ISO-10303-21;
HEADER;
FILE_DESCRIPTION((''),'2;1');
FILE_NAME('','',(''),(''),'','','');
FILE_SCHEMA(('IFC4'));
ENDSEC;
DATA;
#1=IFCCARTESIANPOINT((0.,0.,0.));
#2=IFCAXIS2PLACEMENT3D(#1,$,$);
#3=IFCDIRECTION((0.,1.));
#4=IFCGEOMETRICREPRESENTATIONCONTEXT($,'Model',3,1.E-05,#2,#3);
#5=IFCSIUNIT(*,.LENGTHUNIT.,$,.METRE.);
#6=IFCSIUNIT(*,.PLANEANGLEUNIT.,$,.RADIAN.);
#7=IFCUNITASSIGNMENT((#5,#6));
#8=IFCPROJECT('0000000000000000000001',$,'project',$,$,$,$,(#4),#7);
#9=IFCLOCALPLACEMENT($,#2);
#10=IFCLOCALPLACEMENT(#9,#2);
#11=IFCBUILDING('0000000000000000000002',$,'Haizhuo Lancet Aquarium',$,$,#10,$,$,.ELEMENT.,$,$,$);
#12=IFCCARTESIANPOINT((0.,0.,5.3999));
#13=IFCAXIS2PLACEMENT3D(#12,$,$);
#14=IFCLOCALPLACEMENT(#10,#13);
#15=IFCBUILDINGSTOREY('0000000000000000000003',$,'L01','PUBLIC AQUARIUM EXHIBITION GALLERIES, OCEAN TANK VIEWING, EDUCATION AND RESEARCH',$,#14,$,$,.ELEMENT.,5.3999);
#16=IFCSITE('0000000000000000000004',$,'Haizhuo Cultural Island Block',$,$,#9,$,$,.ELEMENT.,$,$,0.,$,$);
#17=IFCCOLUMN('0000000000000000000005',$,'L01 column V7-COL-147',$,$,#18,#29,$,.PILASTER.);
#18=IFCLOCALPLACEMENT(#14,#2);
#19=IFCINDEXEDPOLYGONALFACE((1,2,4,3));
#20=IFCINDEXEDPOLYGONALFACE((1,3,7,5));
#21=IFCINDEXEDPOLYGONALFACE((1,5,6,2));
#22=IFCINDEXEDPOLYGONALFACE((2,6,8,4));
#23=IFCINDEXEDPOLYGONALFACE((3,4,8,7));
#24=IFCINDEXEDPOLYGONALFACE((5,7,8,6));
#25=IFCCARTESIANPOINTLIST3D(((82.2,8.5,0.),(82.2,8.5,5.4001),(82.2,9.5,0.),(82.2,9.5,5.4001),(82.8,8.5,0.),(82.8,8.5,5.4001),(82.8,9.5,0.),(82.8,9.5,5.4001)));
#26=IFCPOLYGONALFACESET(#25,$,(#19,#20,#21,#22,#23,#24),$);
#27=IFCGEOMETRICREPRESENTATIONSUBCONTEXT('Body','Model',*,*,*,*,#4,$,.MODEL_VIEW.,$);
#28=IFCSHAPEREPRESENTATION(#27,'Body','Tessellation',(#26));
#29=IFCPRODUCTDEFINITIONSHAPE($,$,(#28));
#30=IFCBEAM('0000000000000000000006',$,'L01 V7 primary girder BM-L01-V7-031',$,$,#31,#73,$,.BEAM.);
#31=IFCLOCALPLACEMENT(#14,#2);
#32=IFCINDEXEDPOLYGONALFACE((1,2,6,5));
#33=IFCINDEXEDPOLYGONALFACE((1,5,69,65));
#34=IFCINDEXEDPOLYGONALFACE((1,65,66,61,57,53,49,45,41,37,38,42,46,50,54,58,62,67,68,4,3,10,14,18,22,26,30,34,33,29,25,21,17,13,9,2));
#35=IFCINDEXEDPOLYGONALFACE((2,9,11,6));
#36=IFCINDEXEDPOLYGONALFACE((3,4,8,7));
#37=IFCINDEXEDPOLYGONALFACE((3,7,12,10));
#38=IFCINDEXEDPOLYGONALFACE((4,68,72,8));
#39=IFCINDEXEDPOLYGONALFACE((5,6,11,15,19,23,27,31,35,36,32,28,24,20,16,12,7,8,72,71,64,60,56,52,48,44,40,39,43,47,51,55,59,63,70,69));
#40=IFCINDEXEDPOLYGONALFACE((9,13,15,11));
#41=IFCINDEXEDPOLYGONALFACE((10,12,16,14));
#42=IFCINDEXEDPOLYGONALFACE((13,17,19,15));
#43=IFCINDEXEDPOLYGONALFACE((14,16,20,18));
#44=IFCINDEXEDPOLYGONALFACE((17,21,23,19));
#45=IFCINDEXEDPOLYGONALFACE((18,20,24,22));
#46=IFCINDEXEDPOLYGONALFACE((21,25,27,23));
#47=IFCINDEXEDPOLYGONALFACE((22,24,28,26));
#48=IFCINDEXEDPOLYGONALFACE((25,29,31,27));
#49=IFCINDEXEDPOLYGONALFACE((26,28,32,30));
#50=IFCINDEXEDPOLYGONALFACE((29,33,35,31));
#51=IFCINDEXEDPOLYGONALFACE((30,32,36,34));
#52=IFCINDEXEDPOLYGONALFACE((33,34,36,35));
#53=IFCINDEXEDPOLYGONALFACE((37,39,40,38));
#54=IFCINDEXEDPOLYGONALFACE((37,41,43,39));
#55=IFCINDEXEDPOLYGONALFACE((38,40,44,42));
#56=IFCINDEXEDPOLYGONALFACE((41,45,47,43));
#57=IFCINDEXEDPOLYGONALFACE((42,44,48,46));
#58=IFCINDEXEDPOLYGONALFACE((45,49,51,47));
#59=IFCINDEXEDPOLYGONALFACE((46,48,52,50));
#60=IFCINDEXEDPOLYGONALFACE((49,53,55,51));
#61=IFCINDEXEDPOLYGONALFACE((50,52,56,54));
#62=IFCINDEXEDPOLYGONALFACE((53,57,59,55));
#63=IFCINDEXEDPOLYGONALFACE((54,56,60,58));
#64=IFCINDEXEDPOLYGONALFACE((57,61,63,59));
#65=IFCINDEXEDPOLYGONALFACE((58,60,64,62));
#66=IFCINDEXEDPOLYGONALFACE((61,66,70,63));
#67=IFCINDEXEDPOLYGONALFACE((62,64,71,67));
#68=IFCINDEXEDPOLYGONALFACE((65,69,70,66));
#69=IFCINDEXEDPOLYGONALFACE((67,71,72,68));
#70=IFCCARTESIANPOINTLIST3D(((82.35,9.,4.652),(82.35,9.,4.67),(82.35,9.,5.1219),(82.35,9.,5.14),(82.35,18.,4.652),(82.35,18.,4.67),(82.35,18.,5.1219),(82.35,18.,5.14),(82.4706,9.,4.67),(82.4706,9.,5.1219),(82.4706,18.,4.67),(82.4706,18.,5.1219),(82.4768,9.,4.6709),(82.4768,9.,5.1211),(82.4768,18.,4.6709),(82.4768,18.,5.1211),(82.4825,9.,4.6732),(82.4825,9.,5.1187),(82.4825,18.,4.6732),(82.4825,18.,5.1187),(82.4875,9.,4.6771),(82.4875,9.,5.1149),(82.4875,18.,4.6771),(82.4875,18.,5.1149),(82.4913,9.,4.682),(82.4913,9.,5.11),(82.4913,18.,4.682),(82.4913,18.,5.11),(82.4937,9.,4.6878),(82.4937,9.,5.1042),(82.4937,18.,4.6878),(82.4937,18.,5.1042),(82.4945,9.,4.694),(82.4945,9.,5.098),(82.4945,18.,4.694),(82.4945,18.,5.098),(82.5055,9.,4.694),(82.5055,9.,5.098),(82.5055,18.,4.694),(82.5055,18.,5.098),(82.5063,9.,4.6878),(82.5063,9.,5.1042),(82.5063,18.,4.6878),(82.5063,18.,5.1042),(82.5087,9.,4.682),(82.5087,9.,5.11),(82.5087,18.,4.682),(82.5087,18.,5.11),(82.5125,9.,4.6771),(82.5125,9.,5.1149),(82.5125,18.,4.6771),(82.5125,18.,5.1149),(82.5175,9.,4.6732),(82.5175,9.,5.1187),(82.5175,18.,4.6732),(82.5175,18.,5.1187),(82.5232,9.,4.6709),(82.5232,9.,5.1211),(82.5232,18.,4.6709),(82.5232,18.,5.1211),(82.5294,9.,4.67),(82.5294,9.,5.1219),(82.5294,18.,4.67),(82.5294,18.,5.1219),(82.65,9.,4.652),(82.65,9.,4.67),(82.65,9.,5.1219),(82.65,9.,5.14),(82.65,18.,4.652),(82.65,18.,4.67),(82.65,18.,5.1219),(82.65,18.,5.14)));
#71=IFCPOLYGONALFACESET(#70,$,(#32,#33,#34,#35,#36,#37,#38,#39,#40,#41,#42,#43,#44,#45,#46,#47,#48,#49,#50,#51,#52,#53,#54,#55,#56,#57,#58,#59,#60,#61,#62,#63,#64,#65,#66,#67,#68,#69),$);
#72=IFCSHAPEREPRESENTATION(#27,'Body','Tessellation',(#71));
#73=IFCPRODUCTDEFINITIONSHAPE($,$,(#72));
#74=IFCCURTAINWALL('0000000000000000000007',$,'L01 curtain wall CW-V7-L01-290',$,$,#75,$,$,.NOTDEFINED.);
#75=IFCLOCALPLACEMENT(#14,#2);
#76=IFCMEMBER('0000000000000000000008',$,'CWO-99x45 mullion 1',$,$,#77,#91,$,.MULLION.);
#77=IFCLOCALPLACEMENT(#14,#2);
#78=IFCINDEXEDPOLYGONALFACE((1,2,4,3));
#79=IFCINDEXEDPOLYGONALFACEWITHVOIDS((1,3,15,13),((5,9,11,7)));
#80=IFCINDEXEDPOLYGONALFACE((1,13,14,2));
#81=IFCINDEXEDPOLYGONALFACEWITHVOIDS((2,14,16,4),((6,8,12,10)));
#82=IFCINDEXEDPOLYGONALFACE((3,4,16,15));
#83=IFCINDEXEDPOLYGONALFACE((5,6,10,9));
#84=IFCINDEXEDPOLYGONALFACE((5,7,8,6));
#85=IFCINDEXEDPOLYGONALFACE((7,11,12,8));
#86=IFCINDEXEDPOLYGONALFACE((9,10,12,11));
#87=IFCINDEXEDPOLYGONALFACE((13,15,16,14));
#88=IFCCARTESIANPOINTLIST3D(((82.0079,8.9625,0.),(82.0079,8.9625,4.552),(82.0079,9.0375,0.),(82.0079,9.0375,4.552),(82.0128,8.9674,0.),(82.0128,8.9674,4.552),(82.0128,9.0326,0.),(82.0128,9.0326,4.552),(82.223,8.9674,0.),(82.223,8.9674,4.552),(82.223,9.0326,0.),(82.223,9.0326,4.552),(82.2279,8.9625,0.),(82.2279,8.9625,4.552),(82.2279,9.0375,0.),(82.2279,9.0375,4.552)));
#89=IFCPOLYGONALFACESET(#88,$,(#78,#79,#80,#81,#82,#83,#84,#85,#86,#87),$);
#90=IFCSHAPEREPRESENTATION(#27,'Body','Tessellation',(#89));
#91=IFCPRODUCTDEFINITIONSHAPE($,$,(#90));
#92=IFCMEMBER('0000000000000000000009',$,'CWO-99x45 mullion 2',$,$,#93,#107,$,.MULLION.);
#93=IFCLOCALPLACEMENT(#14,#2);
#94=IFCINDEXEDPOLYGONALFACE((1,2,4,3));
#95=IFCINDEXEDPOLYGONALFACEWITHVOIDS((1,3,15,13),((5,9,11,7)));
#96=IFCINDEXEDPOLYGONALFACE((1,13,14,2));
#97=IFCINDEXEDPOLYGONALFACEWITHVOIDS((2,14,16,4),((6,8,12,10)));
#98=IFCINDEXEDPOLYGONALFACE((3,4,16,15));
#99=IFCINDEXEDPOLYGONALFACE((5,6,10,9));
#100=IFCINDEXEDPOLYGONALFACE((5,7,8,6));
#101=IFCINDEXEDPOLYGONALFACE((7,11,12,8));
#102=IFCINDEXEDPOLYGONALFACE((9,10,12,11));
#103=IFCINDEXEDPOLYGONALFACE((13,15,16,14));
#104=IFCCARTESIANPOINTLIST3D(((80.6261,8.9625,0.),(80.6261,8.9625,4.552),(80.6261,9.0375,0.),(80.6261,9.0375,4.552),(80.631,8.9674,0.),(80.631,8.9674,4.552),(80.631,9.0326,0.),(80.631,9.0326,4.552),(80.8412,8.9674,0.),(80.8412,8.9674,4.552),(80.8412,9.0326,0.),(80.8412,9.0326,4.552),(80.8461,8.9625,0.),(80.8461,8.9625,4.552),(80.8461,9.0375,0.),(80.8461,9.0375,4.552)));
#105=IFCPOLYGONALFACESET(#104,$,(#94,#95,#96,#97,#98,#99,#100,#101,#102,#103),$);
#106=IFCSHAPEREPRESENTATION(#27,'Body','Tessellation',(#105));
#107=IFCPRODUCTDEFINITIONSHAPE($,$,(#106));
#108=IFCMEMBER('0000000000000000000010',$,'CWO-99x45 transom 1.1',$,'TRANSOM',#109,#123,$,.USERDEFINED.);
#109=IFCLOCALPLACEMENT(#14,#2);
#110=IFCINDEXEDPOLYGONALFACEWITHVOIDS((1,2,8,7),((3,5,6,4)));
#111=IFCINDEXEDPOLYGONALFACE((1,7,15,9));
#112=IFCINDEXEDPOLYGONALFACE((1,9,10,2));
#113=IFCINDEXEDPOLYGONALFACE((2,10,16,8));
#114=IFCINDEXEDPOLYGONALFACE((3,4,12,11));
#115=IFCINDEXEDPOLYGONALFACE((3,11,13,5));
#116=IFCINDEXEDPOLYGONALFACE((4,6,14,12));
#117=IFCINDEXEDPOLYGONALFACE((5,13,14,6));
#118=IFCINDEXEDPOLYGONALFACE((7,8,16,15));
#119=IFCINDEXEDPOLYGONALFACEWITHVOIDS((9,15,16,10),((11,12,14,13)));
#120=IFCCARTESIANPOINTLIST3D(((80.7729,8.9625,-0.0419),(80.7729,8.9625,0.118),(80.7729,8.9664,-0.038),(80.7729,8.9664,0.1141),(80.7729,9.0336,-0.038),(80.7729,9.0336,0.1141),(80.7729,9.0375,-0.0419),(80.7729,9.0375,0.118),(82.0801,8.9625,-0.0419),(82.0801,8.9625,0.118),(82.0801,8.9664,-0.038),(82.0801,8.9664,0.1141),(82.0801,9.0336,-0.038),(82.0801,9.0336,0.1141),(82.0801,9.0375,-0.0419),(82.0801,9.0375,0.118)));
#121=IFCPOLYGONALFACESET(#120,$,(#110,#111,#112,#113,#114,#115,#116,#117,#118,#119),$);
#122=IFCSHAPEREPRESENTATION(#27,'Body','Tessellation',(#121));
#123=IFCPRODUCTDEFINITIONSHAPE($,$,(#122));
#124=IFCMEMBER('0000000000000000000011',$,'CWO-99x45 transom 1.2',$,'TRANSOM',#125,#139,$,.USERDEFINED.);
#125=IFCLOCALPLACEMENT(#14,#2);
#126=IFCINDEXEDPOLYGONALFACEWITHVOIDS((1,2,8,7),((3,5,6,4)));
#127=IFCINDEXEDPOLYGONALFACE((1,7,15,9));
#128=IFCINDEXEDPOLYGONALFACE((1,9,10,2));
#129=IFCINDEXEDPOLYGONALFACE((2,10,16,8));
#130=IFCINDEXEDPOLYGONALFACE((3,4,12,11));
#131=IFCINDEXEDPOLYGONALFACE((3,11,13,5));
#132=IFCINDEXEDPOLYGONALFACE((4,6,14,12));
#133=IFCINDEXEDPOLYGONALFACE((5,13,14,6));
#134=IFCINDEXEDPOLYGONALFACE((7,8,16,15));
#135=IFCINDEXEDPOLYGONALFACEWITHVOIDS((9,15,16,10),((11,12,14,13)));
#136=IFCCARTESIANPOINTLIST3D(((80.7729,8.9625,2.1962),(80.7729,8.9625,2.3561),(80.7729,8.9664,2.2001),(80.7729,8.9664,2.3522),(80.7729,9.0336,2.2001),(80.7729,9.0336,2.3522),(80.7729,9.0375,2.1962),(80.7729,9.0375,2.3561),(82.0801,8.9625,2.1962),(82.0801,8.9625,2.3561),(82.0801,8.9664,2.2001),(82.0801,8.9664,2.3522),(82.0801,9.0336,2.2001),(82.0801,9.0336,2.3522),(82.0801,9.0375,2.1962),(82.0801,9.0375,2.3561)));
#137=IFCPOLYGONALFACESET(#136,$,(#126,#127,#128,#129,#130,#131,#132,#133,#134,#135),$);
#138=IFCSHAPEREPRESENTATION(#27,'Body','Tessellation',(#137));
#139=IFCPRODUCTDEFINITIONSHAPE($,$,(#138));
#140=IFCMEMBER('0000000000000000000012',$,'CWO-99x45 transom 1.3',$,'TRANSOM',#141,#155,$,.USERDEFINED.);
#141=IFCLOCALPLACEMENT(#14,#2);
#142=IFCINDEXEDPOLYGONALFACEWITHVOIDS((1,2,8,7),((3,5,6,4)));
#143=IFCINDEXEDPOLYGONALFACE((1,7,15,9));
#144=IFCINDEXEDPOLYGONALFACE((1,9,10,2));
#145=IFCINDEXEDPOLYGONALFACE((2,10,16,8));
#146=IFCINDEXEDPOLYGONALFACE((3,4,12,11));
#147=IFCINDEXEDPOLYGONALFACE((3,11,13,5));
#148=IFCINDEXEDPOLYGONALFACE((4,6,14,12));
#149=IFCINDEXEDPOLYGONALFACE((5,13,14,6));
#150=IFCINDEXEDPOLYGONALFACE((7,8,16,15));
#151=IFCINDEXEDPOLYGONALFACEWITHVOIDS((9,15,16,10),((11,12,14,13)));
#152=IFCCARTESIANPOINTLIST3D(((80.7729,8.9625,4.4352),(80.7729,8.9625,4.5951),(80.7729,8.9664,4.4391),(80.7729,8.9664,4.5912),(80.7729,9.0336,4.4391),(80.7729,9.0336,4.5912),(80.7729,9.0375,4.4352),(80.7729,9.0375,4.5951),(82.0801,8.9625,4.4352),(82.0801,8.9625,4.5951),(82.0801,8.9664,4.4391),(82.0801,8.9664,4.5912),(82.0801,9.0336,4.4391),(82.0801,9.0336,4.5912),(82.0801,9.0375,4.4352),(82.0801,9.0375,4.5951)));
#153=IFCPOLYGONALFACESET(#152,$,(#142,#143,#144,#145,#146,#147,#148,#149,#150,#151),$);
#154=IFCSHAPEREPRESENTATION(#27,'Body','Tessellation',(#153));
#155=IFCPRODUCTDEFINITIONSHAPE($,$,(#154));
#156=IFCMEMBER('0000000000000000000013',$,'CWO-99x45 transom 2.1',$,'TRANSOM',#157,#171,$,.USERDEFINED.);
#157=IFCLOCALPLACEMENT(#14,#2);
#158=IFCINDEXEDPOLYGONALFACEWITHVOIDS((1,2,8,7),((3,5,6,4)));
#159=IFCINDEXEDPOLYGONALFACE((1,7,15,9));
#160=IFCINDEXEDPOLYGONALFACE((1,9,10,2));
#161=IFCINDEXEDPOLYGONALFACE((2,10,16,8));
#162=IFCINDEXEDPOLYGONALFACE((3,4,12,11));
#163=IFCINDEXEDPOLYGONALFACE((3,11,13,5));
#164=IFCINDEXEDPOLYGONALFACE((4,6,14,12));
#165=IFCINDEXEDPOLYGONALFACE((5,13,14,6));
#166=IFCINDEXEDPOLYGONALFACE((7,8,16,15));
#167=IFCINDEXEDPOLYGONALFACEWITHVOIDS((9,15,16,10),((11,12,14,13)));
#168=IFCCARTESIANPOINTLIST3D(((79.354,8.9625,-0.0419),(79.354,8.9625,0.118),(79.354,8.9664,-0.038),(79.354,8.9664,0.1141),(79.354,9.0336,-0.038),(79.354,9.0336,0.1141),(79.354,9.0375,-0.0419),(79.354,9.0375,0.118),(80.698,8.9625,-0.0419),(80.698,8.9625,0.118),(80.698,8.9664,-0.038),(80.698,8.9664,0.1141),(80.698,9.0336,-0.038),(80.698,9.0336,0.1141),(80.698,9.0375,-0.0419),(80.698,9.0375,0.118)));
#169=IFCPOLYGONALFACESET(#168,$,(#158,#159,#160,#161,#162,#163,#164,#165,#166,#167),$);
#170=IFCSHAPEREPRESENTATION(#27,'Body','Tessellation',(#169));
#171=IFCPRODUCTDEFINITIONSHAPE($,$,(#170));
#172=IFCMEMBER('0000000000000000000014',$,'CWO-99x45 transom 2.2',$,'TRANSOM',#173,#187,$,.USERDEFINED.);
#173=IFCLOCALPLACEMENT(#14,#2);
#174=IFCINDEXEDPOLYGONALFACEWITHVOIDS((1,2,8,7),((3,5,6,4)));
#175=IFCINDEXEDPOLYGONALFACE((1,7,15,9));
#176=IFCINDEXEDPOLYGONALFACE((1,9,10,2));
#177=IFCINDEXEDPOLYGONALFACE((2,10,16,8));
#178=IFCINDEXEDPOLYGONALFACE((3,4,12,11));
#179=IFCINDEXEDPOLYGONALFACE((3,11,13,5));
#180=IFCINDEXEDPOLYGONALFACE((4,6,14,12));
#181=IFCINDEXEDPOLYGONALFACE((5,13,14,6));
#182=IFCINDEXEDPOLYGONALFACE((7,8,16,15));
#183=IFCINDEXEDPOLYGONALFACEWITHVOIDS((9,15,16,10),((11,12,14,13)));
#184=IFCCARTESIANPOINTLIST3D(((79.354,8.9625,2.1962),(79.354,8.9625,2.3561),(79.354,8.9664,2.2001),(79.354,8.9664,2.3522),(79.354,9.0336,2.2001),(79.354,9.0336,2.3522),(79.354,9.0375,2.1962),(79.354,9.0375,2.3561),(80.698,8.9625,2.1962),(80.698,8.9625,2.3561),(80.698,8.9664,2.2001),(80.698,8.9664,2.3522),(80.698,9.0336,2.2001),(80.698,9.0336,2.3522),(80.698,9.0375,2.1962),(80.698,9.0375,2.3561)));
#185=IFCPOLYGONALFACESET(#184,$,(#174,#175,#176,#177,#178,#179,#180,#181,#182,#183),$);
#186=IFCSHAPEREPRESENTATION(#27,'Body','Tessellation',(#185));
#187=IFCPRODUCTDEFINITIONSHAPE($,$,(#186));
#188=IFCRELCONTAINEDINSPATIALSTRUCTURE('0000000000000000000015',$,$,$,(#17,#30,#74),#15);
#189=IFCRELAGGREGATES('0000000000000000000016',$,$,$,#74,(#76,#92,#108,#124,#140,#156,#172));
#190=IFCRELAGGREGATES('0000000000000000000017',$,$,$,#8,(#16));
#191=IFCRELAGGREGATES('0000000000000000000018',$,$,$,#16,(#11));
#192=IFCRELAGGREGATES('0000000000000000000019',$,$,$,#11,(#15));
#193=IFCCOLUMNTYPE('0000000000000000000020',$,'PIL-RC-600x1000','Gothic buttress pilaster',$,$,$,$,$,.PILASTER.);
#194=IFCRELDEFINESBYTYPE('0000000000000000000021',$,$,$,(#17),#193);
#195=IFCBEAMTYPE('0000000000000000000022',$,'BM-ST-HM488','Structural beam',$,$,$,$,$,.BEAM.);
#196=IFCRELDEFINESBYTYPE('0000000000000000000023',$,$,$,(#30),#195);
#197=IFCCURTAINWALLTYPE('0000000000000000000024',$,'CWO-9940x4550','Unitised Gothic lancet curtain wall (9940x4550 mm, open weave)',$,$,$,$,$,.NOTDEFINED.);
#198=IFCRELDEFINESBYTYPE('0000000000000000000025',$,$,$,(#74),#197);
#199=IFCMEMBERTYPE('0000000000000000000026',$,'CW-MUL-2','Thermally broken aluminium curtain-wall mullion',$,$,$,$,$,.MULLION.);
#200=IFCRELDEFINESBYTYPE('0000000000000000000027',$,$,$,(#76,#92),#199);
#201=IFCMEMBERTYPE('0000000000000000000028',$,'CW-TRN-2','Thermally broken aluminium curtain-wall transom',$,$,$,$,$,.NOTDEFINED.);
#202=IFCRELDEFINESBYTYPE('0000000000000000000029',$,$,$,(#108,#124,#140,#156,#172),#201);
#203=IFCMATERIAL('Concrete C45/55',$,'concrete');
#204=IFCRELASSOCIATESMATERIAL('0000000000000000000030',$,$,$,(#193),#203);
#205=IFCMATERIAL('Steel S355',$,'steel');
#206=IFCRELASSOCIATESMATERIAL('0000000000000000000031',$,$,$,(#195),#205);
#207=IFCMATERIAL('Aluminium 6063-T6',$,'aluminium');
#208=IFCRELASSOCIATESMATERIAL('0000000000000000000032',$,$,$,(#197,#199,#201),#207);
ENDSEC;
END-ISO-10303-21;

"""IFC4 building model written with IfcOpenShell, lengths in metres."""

from ifc_helpers import new_model, si_unit, direction, frame, origin, origin_2d, place, context, subcontext, project, spatial, rectangle, hollow_rectangle, i_section, extrude, material, material_profile, profile_set, type_object, element, aggregate, save


model = new_model("IFC4")

# Units and contexts
model_context = context("Model", 3, precision=1e-05, world=origin(), true_north=direction((0.0, 1.0)))
body_context = subcontext(model_context, "Body", "Model", "MODEL_VIEW")
ifc_project = project(units=[si_unit("LENGTHUNIT", "METRE"), si_unit("PLANEANGLEUNIT", "RADIAN")], contexts=[model_context])

# Site, building, storey
site_placement = place(None, origin())
site = spatial("IfcSite", under=ifc_project, at=site_placement, Name="Haizhuo Cultural Island Block", CompositionType="ELEMENT", RefElevation=0.0)
building_placement = place(site_placement, origin())
building = spatial("IfcBuilding", under=site, at=building_placement, Name="Haizhuo Lancet Aquarium", CompositionType="ELEMENT")
storey_placement = place(building_placement, frame((0.0, 0.0, 5.3999)))
storey = spatial("IfcBuildingStorey", under=building, at=storey_placement, Name="L01", Description="PUBLIC AQUARIUM EXHIBITION GALLERIES, OCEAN TANK VIEWING, EDUCATION AND RESEARCH", CompositionType="ELEMENT", Elevation=5.3999)

# Column
ifc_material_1 = material(Name="Concrete C45/55", Category="concrete")
ifc_material_profile_1 = material_profile(ifc_material_1, rectangle(XDim=0.6001, YDim=1.0, at=origin_2d()), Name="RC-PIL 600x1000")
ifc_profile_set_1 = profile_set([ifc_material_profile_1], Name="Concrete C45/55")
column_type = type_object("IfcColumnType", Name="PIL-RC-600x1000", Description="Gothic buttress pilaster", PredefinedType="PILASTER", material=ifc_profile_set_1)
column_placement = place(storey_placement, frame((82.5, 9.0, 0.0), z_axis=(0.0, 0.0, 1.0), x_axis=(1.0, 0.0, 0.0)))
element("IfcColumn", 1, at=column_placement, inside=storey, type_object=column_type, Name="L01 column V7-COL-147", PredefinedType="PILASTER", context=body_context, shape_type="SweptSolid", body=[
    extrude(rectangle(XDim=0.6001, YDim=1.0, at=origin_2d()), origin(), (0.0, 0.0, 1.0), 5.4001),
])

# Beam
ifc_material_2 = material(Name="Steel S355", Category="steel")
ifc_material_profile_2 = material_profile(ifc_material_2, i_section(OverallWidth=0.3, OverallDepth=0.488, WebThickness=0.011, FlangeThickness=0.0181, FilletRadius=0.0239, at=origin_2d()), Name="HM 488x300x11x18")
ifc_profile_set_2 = profile_set([ifc_material_profile_2], Name="Steel S355")
beam_type = type_object("IfcBeamType", Name="BM-ST-HM488", Description="Structural beam", PredefinedType="BEAM", material=ifc_profile_set_2)
beam_placement = place(storey_placement, frame((82.5, 9.0, 4.896), z_axis=(0.0, 1.0, 0.0), x_axis=(-1.0, 0.0, 0.0)))
element("IfcBeam", 2, at=beam_placement, inside=storey, type_object=beam_type, Name="L01 V7 primary girder BM-L01-V7-031", PredefinedType="BEAM", context=body_context, shape_type="SweptSolid", body=[
    extrude(i_section(OverallWidth=0.3, OverallDepth=0.488, WebThickness=0.011, FlangeThickness=0.0181, FilletRadius=0.0239, at=origin_2d()), origin(), (0.0, 0.0, 1.0), 9.0),
])

# Curtain wall, members
ifc_material_3 = material(Name="Aluminium 6063-T6", Category="aluminium")
curtain_wall_type_1 = type_object("IfcCurtainWallType", Name="CWO-9940x4550", Description="Unitised Gothic lancet curtain wall (9940x4550 mm, open weave)", PredefinedType="NOTDEFINED", material=ifc_material_3)
curtain_wall_1_placement = place(storey_placement, origin())
curtain_wall_1 = element("IfcCurtainWall", 3, at=curtain_wall_1_placement, inside=storey, type_object=curtain_wall_type_1, Name="L01 curtain wall CW-V7-L01-290", PredefinedType="NOTDEFINED")
ifc_material_profile_3 = material_profile(ifc_material_3, hollow_rectangle(XDim=0.075, YDim=0.22, WallThickness=0.0049, at=origin_2d()), Name="ALU-M 75x220x5")
ifc_profile_set_3 = profile_set([ifc_material_profile_3], Name="Aluminium 6063-T6")
member_type_1 = type_object("IfcMemberType", Name="CW-MUL-2", Description="Thermally broken aluminium curtain-wall mullion", PredefinedType="MULLION", material=ifc_profile_set_3)
member_1_placement = place(storey_placement, frame((82.1179, 9.0, 0.0), z_axis=(0.0, 0.0, 1.0), x_axis=(0.0, -1.0, 0.0)))
member_1 = element("IfcMember", 4, at=member_1_placement, type_object=member_type_1, Name="CWO-99x45 mullion 1", PredefinedType="MULLION", context=body_context, shape_type="SweptSolid", body=[
    extrude(hollow_rectangle(XDim=0.075, YDim=0.22, WallThickness=0.0049, at=origin_2d()), origin(), (0.0, 0.0, 1.0), 4.552),
])
member_2_placement = place(storey_placement, frame((80.7361, 9.0, 0.0), z_axis=(0.0, 0.0, 1.0), x_axis=(0.0, -1.0, 0.0)))
member_2 = element("IfcMember", 5, at=member_2_placement, type_object=member_type_1, Name="CWO-99x45 mullion 2", PredefinedType="MULLION", context=body_context, shape_type="SweptSolid", body=[
    extrude(hollow_rectangle(XDim=0.075, YDim=0.22, WallThickness=0.0049, at=origin_2d()), origin(), (0.0, 0.0, 1.0), 4.552),
])
ifc_material_profile_4 = material_profile(ifc_material_3, hollow_rectangle(XDim=0.075, YDim=0.1599, WallThickness=0.0039, at=origin_2d()), Name="ALU-T 75x160x4")
ifc_profile_set_4 = profile_set([ifc_material_profile_4], Name="Aluminium 6063-T6")
member_type_2 = type_object("IfcMemberType", Name="CW-TRN-2", Description="Thermally broken aluminium curtain-wall transom", PredefinedType="NOTDEFINED", material=ifc_profile_set_4)
member_3_placement = place(storey_placement, frame((82.0801, 9.0, 0.0381), z_axis=(-1.0, 0.0, 0.0), x_axis=(0.0, -1.0, 0.0)))
member_3 = element("IfcMember", 6, at=member_3_placement, type_object=member_type_2, Name="CWO-99x45 transom 1.1", ObjectType="TRANSOM", PredefinedType="USERDEFINED", context=body_context, shape_type="SweptSolid", body=[
    extrude(hollow_rectangle(XDim=0.075, YDim=0.1599, WallThickness=0.0039, at=origin_2d()), origin(), (0.0, 0.0, 1.0), 1.3071),
])
member_4_placement = place(storey_placement, frame((82.0801, 9.0, 2.2761), z_axis=(-1.0, 0.0, 0.0), x_axis=(0.0, -1.0, 0.0)))
member_4 = element("IfcMember", 7, at=member_4_placement, type_object=member_type_2, Name="CWO-99x45 transom 1.2", ObjectType="TRANSOM", PredefinedType="USERDEFINED", context=body_context, shape_type="SweptSolid", body=[
    extrude(hollow_rectangle(XDim=0.075, YDim=0.1599, WallThickness=0.0039, at=origin_2d()), origin(), (0.0, 0.0, 1.0), 1.3071),
])
member_5_placement = place(storey_placement, frame((82.0801, 9.0, 4.5151), z_axis=(-1.0, 0.0, 0.0), x_axis=(0.0, -1.0, 0.0)))
member_5 = element("IfcMember", 8, at=member_5_placement, type_object=member_type_2, Name="CWO-99x45 transom 1.3", ObjectType="TRANSOM", PredefinedType="USERDEFINED", context=body_context, shape_type="SweptSolid", body=[
    extrude(hollow_rectangle(XDim=0.075, YDim=0.1599, WallThickness=0.0039, at=origin_2d()), origin(), (0.0, 0.0, 1.0), 1.3071),
])
member_6_placement = place(storey_placement, frame((80.698, 9.0, 0.0381), z_axis=(-1.0, 0.0, 0.0), x_axis=(0.0, -1.0, 0.0)))
member_6 = element("IfcMember", 9, at=member_6_placement, type_object=member_type_2, Name="CWO-99x45 transom 2.1", ObjectType="TRANSOM", PredefinedType="USERDEFINED", context=body_context, shape_type="SweptSolid", body=[
    extrude(hollow_rectangle(XDim=0.075, YDim=0.1599, WallThickness=0.0039, at=origin_2d()), origin(), (0.0, 0.0, 1.0), 1.344),
])
member_7_placement = place(storey_placement, frame((80.698, 9.0, 2.2761), z_axis=(-1.0, 0.0, 0.0), x_axis=(0.0, -1.0, 0.0)))
member_7 = element("IfcMember", 10, at=member_7_placement, type_object=member_type_2, Name="CWO-99x45 transom 2.2", ObjectType="TRANSOM", PredefinedType="USERDEFINED", context=body_context, shape_type="SweptSolid", body=[
    extrude(hollow_rectangle(XDim=0.075, YDim=0.1599, WallThickness=0.0039, at=origin_2d()), origin(), (0.0, 0.0, 1.0), 1.344),
])

aggregate(curtain_wall_1, [member_1, member_2, member_3, member_4, member_5, member_6, member_7])

save(model, "model.ifc")
